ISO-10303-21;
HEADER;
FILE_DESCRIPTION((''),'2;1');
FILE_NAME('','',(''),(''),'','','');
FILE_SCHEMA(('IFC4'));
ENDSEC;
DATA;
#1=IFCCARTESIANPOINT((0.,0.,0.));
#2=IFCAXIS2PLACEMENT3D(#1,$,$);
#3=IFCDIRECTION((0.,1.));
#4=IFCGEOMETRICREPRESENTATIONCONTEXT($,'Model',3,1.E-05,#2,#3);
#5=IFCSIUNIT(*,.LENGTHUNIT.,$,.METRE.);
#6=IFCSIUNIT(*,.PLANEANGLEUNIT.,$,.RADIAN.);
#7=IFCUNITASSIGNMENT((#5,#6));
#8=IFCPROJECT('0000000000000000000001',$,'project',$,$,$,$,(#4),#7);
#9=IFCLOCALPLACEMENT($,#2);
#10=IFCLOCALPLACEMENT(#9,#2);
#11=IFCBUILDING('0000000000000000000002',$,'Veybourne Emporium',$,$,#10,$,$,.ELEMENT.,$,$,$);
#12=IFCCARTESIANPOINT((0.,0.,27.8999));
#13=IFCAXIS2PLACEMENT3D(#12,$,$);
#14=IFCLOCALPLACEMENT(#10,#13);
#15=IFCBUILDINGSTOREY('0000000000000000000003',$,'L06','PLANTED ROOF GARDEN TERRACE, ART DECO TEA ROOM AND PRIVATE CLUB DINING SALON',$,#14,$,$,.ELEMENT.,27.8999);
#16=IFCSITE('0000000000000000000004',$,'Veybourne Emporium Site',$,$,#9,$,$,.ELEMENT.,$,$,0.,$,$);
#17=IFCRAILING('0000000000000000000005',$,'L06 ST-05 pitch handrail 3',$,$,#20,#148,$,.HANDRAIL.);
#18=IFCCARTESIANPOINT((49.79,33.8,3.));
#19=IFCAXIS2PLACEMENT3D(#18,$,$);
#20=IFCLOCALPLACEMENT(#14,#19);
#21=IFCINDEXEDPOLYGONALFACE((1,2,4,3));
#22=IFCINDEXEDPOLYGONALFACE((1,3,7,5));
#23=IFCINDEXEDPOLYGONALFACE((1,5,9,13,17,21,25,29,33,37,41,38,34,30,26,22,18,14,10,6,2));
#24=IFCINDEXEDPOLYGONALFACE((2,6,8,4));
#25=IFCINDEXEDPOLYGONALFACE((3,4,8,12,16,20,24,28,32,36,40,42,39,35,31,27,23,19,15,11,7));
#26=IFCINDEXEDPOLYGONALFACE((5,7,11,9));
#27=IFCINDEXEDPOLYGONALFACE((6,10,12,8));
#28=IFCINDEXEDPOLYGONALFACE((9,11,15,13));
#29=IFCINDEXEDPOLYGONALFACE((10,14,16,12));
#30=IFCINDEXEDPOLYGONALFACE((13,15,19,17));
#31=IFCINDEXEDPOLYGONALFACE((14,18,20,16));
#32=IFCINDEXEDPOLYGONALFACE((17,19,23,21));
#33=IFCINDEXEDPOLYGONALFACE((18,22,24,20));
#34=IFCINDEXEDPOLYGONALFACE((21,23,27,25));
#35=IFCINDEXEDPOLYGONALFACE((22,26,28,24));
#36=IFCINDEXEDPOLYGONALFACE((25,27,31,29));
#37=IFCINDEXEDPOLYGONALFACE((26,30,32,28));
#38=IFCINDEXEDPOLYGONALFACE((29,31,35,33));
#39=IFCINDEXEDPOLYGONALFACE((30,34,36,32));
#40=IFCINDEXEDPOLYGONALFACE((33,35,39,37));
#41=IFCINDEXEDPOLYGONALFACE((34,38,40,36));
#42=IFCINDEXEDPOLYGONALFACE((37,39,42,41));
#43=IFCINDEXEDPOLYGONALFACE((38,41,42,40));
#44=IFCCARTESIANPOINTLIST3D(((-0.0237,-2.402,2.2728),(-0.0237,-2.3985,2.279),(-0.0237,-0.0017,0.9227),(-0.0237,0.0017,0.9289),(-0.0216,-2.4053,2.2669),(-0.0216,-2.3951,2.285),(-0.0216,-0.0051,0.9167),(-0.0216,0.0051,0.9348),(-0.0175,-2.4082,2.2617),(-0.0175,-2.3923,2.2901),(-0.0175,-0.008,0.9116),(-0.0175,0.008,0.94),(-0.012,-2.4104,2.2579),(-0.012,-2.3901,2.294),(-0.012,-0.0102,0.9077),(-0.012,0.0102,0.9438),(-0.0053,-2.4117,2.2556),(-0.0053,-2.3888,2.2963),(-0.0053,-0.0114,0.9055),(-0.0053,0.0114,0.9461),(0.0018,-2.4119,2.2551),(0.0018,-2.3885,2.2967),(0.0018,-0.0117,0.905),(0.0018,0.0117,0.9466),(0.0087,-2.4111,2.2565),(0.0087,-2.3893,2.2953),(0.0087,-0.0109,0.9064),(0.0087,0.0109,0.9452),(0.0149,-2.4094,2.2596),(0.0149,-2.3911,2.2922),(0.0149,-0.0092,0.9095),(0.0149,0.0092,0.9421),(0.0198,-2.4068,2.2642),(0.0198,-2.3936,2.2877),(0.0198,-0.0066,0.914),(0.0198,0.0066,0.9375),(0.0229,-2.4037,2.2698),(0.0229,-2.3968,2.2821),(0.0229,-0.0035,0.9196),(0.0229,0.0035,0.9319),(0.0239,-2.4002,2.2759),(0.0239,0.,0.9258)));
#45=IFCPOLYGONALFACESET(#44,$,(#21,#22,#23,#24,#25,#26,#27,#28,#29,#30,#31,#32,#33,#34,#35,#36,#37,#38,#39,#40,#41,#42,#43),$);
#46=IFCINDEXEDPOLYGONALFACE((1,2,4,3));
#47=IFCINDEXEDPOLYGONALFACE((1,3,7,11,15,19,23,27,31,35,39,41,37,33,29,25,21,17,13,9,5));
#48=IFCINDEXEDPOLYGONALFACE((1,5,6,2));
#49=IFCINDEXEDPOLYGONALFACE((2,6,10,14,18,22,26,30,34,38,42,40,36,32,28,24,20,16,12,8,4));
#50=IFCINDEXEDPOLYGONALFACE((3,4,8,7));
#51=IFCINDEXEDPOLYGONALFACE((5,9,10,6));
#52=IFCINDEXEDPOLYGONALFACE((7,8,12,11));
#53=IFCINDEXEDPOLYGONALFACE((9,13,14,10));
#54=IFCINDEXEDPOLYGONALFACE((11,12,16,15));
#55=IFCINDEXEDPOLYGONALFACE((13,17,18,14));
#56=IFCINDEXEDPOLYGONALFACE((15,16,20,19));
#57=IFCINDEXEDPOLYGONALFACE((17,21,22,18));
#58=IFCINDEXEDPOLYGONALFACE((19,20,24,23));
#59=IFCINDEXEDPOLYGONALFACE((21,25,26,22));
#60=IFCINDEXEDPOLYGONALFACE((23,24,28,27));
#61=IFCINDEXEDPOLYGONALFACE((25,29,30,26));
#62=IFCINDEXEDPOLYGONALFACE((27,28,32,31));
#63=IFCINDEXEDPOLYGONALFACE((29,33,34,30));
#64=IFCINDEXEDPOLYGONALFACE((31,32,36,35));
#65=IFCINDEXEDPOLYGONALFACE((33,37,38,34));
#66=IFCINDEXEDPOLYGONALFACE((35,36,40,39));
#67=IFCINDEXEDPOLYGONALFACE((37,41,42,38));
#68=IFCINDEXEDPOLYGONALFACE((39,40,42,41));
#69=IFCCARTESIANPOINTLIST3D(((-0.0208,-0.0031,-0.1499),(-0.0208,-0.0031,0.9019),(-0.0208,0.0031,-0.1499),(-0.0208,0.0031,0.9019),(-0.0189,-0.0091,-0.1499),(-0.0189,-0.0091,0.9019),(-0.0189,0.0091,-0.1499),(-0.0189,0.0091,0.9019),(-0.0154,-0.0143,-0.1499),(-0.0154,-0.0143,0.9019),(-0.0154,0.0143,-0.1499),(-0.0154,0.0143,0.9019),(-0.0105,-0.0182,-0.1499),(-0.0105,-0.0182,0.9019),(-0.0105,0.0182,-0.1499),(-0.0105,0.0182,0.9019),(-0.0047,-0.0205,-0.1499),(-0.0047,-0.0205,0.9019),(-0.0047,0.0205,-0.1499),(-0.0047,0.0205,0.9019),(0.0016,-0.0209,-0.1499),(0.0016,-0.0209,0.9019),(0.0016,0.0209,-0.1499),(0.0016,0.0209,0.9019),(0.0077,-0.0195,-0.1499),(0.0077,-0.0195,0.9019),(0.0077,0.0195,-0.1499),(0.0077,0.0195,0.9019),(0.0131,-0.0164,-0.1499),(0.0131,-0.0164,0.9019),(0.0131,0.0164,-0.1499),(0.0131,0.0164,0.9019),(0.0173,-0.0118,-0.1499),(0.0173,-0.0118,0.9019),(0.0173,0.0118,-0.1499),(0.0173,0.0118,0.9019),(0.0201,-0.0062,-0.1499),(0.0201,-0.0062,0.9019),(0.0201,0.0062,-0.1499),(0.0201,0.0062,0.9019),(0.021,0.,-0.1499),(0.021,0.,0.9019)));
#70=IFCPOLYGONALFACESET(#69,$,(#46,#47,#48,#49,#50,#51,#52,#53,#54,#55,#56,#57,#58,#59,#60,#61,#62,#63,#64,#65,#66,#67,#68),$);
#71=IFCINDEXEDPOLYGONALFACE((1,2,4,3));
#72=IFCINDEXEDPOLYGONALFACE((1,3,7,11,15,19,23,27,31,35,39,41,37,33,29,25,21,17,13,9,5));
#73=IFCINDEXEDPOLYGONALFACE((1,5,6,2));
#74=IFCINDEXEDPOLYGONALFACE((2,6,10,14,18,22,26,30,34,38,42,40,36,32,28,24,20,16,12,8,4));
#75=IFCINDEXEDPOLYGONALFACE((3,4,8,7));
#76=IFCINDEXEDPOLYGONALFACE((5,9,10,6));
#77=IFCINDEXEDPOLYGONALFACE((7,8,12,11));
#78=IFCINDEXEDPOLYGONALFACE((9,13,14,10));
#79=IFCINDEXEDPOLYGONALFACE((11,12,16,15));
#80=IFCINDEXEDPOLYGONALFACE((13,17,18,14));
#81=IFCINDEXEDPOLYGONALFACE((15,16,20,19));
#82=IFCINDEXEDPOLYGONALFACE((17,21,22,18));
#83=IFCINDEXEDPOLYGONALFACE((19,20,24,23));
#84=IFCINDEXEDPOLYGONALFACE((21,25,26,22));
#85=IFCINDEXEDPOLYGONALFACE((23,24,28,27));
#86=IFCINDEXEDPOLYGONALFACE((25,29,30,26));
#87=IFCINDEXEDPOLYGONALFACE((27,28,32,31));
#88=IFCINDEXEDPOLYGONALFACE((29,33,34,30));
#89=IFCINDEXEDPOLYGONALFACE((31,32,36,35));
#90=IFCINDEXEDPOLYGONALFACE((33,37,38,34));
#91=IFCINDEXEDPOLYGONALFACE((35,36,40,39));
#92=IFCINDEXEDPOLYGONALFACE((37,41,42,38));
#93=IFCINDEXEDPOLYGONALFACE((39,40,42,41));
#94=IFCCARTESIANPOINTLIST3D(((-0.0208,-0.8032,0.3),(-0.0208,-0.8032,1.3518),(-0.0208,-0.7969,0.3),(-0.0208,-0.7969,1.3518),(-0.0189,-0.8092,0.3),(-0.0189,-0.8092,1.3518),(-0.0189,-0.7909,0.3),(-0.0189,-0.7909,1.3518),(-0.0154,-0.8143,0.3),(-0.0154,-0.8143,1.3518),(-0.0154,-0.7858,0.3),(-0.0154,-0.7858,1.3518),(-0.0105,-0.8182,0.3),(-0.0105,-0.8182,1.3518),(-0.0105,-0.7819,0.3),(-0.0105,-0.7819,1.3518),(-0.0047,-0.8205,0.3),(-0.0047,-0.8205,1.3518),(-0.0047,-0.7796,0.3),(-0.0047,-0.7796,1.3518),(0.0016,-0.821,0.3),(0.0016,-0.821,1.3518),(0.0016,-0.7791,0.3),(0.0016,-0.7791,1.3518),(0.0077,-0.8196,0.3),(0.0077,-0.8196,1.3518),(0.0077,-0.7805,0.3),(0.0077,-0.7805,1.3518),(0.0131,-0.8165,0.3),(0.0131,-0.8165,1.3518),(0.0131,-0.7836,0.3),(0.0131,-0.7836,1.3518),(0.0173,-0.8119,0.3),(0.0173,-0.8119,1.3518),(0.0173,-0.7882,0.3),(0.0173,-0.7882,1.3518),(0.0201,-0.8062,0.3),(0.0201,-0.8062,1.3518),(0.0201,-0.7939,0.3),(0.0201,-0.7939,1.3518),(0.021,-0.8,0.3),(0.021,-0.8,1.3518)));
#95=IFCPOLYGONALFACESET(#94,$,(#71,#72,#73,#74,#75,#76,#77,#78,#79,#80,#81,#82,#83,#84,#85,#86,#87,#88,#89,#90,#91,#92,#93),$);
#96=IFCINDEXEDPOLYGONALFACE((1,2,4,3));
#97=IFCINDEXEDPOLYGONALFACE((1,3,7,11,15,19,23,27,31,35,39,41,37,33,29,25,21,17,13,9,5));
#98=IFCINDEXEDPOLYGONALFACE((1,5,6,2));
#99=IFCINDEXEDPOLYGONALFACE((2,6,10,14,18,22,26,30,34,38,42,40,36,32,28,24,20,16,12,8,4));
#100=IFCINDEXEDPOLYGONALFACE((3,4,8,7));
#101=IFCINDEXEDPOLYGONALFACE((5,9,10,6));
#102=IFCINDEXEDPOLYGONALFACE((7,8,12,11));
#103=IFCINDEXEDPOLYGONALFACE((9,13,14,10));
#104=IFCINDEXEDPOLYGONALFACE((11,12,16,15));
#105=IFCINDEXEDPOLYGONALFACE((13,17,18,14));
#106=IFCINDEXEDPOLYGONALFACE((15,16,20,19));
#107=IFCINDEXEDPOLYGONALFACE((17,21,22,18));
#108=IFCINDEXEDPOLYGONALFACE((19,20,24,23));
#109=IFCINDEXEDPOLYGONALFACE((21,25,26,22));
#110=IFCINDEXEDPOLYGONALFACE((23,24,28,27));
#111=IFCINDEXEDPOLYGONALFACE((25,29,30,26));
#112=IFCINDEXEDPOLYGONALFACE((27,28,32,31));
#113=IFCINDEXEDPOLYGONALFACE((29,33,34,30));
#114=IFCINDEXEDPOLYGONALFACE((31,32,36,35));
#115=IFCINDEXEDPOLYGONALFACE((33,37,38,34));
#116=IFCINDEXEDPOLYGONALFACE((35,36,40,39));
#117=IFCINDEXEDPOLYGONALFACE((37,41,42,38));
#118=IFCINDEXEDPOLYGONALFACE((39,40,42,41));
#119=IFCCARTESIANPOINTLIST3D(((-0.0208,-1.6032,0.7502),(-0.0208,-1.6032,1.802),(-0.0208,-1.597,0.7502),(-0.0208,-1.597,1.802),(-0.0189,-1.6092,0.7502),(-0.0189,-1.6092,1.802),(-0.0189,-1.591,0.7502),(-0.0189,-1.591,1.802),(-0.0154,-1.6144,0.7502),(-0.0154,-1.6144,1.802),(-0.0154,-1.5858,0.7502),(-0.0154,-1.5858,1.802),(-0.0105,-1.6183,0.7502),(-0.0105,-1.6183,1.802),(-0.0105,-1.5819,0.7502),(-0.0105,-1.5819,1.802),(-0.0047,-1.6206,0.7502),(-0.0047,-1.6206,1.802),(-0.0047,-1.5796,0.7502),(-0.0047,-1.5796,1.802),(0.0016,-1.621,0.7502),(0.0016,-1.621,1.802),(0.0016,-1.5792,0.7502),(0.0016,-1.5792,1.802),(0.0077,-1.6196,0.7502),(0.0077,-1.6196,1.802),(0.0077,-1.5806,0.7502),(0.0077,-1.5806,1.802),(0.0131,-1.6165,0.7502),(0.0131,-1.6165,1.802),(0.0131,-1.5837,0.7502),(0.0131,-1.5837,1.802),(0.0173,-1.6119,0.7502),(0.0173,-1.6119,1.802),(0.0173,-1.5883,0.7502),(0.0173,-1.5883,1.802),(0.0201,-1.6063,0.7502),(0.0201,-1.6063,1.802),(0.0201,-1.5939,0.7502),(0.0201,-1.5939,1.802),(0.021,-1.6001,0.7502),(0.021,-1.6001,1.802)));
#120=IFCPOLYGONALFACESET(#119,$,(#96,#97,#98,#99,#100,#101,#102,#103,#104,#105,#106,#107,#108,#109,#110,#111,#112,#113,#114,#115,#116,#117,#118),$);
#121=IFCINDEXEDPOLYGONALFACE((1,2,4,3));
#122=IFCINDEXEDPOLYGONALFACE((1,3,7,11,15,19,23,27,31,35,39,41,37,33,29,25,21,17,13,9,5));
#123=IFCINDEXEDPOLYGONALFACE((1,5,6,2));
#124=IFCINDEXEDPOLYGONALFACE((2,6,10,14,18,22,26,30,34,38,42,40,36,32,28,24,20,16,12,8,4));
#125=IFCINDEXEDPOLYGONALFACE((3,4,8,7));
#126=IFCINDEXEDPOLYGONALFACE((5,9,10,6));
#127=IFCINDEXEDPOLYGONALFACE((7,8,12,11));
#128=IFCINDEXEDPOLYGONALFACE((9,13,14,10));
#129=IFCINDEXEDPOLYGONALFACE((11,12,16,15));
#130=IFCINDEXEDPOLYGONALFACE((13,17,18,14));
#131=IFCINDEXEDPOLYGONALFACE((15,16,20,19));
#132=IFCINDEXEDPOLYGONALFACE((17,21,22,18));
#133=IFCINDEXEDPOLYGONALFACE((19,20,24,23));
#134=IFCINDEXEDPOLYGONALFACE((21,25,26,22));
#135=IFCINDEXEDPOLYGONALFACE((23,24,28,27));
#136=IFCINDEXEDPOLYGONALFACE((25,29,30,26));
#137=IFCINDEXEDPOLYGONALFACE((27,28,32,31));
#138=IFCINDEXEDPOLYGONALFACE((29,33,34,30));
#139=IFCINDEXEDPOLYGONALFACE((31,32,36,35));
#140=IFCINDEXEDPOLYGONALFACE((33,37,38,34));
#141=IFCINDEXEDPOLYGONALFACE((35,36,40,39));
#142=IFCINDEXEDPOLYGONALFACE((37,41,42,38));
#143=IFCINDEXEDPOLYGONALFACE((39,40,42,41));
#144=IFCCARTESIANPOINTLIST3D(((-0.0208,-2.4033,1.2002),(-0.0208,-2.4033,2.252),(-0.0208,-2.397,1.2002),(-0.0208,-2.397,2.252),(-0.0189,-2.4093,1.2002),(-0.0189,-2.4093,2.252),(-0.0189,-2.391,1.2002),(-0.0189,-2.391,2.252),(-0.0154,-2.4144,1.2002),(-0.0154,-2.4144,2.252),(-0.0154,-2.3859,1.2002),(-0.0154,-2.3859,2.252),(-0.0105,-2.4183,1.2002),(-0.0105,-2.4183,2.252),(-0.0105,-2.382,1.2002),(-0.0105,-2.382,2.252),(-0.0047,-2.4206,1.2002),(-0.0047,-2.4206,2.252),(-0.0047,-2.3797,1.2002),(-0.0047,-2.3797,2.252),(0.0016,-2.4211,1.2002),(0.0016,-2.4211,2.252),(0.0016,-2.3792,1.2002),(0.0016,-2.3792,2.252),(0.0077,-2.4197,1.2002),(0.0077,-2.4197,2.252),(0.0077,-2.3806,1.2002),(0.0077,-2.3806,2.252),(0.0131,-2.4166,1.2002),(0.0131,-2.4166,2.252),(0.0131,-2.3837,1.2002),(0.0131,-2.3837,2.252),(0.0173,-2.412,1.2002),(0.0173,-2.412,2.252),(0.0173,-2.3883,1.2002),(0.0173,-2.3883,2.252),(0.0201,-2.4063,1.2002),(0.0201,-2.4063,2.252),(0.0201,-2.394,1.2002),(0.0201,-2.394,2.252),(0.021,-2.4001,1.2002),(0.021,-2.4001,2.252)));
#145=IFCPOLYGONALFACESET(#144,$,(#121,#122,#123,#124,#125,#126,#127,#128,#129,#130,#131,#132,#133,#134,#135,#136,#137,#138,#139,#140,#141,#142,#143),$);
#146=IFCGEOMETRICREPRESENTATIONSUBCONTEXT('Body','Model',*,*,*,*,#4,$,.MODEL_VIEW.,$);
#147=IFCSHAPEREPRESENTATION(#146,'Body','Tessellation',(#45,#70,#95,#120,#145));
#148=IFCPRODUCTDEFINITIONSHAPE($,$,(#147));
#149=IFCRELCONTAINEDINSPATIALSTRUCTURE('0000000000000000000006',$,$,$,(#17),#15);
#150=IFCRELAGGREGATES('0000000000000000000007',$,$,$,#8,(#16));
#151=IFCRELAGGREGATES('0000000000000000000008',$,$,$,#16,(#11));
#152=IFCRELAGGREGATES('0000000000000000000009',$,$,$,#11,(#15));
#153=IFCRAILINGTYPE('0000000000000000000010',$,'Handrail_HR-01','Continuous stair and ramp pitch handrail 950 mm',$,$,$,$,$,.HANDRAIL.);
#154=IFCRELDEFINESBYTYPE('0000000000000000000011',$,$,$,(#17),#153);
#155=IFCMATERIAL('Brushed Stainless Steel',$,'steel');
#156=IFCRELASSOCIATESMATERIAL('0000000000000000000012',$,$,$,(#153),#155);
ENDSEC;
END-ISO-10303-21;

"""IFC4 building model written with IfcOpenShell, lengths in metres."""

from ifc_helpers import new_model, si_unit, direction, frame, origin, origin_2d, place, context, subcontext, project, spatial, circle, extrude, material, type_object, element, save


model = new_model("IFC4")

# Units and contexts
model_context = context("Model", 3, precision=1e-05, world=origin(), true_north=direction((0.0, 1.0)))
body_context = subcontext(model_context, "Body", "Model", "MODEL_VIEW")
ifc_project = project(units=[si_unit("LENGTHUNIT", "METRE"), si_unit("PLANEANGLEUNIT", "RADIAN")], contexts=[model_context])

# Site, building, storey
site_placement = place(None, origin())
site = spatial("IfcSite", under=ifc_project, at=site_placement, Name="Veybourne Emporium Site", CompositionType="ELEMENT", RefElevation=0.0)
building_placement = place(site_placement, origin())
building = spatial("IfcBuilding", under=site, at=building_placement, Name="Veybourne Emporium", CompositionType="ELEMENT")
storey_placement = place(building_placement, frame((0.0, 0.0, 27.8999)))
storey = spatial("IfcBuildingStorey", under=building, at=storey_placement, Name="L06", Description="PLANTED ROOF GARDEN TERRACE, ART DECO TEA ROOM AND PRIVATE CLUB DINING SALON", CompositionType="ELEMENT", Elevation=27.8999)

# Railing
ifc_material_1 = material(Name="Brushed Stainless Steel", Category="steel")
railing_type_1 = type_object("IfcRailingType", Name="Handrail_HR-01", Description="Continuous stair and ramp pitch handrail 950 mm", PredefinedType="HANDRAIL", material=ifc_material_1)
railing_1_placement = place(storey_placement, frame((49.79, 33.8, 3.0)))
element("IfcRailing", 1, at=railing_1_placement, inside=storey, type_object=railing_type_1, Name="L06 ST-05 pitch handrail 3", PredefinedType="HANDRAIL", context=body_context, shape_type="SweptSolid", body=[
    extrude(circle(Radius=0.0239, at=origin_2d()), frame((0.0, 0.0, 0.9258), z_axis=(0.0, -0.871573, 0.490265), x_axis=(1.0, 0.0, 0.0)), (0.0, 0.0, 1.0), 2.7539),
    extrude(circle(Radius=0.021, at=origin_2d()), frame((0.0, 0.0, -0.1499)), (0.0, 0.0, 1.0), 1.0518),
    extrude(circle(Radius=0.021, at=origin_2d()), frame((0.0, -0.8, 0.3)), (0.0, 0.0, 1.0), 1.0518),
    extrude(circle(Radius=0.021, at=origin_2d()), frame((0.0, -1.6001, 0.7502)), (0.0, 0.0, 1.0), 1.0518),
    extrude(circle(Radius=0.021, at=origin_2d()), frame((0.0, -2.4001, 1.2002)), (0.0, 0.0, 1.0), 1.0518),
])

save(model, "model.ifc")
